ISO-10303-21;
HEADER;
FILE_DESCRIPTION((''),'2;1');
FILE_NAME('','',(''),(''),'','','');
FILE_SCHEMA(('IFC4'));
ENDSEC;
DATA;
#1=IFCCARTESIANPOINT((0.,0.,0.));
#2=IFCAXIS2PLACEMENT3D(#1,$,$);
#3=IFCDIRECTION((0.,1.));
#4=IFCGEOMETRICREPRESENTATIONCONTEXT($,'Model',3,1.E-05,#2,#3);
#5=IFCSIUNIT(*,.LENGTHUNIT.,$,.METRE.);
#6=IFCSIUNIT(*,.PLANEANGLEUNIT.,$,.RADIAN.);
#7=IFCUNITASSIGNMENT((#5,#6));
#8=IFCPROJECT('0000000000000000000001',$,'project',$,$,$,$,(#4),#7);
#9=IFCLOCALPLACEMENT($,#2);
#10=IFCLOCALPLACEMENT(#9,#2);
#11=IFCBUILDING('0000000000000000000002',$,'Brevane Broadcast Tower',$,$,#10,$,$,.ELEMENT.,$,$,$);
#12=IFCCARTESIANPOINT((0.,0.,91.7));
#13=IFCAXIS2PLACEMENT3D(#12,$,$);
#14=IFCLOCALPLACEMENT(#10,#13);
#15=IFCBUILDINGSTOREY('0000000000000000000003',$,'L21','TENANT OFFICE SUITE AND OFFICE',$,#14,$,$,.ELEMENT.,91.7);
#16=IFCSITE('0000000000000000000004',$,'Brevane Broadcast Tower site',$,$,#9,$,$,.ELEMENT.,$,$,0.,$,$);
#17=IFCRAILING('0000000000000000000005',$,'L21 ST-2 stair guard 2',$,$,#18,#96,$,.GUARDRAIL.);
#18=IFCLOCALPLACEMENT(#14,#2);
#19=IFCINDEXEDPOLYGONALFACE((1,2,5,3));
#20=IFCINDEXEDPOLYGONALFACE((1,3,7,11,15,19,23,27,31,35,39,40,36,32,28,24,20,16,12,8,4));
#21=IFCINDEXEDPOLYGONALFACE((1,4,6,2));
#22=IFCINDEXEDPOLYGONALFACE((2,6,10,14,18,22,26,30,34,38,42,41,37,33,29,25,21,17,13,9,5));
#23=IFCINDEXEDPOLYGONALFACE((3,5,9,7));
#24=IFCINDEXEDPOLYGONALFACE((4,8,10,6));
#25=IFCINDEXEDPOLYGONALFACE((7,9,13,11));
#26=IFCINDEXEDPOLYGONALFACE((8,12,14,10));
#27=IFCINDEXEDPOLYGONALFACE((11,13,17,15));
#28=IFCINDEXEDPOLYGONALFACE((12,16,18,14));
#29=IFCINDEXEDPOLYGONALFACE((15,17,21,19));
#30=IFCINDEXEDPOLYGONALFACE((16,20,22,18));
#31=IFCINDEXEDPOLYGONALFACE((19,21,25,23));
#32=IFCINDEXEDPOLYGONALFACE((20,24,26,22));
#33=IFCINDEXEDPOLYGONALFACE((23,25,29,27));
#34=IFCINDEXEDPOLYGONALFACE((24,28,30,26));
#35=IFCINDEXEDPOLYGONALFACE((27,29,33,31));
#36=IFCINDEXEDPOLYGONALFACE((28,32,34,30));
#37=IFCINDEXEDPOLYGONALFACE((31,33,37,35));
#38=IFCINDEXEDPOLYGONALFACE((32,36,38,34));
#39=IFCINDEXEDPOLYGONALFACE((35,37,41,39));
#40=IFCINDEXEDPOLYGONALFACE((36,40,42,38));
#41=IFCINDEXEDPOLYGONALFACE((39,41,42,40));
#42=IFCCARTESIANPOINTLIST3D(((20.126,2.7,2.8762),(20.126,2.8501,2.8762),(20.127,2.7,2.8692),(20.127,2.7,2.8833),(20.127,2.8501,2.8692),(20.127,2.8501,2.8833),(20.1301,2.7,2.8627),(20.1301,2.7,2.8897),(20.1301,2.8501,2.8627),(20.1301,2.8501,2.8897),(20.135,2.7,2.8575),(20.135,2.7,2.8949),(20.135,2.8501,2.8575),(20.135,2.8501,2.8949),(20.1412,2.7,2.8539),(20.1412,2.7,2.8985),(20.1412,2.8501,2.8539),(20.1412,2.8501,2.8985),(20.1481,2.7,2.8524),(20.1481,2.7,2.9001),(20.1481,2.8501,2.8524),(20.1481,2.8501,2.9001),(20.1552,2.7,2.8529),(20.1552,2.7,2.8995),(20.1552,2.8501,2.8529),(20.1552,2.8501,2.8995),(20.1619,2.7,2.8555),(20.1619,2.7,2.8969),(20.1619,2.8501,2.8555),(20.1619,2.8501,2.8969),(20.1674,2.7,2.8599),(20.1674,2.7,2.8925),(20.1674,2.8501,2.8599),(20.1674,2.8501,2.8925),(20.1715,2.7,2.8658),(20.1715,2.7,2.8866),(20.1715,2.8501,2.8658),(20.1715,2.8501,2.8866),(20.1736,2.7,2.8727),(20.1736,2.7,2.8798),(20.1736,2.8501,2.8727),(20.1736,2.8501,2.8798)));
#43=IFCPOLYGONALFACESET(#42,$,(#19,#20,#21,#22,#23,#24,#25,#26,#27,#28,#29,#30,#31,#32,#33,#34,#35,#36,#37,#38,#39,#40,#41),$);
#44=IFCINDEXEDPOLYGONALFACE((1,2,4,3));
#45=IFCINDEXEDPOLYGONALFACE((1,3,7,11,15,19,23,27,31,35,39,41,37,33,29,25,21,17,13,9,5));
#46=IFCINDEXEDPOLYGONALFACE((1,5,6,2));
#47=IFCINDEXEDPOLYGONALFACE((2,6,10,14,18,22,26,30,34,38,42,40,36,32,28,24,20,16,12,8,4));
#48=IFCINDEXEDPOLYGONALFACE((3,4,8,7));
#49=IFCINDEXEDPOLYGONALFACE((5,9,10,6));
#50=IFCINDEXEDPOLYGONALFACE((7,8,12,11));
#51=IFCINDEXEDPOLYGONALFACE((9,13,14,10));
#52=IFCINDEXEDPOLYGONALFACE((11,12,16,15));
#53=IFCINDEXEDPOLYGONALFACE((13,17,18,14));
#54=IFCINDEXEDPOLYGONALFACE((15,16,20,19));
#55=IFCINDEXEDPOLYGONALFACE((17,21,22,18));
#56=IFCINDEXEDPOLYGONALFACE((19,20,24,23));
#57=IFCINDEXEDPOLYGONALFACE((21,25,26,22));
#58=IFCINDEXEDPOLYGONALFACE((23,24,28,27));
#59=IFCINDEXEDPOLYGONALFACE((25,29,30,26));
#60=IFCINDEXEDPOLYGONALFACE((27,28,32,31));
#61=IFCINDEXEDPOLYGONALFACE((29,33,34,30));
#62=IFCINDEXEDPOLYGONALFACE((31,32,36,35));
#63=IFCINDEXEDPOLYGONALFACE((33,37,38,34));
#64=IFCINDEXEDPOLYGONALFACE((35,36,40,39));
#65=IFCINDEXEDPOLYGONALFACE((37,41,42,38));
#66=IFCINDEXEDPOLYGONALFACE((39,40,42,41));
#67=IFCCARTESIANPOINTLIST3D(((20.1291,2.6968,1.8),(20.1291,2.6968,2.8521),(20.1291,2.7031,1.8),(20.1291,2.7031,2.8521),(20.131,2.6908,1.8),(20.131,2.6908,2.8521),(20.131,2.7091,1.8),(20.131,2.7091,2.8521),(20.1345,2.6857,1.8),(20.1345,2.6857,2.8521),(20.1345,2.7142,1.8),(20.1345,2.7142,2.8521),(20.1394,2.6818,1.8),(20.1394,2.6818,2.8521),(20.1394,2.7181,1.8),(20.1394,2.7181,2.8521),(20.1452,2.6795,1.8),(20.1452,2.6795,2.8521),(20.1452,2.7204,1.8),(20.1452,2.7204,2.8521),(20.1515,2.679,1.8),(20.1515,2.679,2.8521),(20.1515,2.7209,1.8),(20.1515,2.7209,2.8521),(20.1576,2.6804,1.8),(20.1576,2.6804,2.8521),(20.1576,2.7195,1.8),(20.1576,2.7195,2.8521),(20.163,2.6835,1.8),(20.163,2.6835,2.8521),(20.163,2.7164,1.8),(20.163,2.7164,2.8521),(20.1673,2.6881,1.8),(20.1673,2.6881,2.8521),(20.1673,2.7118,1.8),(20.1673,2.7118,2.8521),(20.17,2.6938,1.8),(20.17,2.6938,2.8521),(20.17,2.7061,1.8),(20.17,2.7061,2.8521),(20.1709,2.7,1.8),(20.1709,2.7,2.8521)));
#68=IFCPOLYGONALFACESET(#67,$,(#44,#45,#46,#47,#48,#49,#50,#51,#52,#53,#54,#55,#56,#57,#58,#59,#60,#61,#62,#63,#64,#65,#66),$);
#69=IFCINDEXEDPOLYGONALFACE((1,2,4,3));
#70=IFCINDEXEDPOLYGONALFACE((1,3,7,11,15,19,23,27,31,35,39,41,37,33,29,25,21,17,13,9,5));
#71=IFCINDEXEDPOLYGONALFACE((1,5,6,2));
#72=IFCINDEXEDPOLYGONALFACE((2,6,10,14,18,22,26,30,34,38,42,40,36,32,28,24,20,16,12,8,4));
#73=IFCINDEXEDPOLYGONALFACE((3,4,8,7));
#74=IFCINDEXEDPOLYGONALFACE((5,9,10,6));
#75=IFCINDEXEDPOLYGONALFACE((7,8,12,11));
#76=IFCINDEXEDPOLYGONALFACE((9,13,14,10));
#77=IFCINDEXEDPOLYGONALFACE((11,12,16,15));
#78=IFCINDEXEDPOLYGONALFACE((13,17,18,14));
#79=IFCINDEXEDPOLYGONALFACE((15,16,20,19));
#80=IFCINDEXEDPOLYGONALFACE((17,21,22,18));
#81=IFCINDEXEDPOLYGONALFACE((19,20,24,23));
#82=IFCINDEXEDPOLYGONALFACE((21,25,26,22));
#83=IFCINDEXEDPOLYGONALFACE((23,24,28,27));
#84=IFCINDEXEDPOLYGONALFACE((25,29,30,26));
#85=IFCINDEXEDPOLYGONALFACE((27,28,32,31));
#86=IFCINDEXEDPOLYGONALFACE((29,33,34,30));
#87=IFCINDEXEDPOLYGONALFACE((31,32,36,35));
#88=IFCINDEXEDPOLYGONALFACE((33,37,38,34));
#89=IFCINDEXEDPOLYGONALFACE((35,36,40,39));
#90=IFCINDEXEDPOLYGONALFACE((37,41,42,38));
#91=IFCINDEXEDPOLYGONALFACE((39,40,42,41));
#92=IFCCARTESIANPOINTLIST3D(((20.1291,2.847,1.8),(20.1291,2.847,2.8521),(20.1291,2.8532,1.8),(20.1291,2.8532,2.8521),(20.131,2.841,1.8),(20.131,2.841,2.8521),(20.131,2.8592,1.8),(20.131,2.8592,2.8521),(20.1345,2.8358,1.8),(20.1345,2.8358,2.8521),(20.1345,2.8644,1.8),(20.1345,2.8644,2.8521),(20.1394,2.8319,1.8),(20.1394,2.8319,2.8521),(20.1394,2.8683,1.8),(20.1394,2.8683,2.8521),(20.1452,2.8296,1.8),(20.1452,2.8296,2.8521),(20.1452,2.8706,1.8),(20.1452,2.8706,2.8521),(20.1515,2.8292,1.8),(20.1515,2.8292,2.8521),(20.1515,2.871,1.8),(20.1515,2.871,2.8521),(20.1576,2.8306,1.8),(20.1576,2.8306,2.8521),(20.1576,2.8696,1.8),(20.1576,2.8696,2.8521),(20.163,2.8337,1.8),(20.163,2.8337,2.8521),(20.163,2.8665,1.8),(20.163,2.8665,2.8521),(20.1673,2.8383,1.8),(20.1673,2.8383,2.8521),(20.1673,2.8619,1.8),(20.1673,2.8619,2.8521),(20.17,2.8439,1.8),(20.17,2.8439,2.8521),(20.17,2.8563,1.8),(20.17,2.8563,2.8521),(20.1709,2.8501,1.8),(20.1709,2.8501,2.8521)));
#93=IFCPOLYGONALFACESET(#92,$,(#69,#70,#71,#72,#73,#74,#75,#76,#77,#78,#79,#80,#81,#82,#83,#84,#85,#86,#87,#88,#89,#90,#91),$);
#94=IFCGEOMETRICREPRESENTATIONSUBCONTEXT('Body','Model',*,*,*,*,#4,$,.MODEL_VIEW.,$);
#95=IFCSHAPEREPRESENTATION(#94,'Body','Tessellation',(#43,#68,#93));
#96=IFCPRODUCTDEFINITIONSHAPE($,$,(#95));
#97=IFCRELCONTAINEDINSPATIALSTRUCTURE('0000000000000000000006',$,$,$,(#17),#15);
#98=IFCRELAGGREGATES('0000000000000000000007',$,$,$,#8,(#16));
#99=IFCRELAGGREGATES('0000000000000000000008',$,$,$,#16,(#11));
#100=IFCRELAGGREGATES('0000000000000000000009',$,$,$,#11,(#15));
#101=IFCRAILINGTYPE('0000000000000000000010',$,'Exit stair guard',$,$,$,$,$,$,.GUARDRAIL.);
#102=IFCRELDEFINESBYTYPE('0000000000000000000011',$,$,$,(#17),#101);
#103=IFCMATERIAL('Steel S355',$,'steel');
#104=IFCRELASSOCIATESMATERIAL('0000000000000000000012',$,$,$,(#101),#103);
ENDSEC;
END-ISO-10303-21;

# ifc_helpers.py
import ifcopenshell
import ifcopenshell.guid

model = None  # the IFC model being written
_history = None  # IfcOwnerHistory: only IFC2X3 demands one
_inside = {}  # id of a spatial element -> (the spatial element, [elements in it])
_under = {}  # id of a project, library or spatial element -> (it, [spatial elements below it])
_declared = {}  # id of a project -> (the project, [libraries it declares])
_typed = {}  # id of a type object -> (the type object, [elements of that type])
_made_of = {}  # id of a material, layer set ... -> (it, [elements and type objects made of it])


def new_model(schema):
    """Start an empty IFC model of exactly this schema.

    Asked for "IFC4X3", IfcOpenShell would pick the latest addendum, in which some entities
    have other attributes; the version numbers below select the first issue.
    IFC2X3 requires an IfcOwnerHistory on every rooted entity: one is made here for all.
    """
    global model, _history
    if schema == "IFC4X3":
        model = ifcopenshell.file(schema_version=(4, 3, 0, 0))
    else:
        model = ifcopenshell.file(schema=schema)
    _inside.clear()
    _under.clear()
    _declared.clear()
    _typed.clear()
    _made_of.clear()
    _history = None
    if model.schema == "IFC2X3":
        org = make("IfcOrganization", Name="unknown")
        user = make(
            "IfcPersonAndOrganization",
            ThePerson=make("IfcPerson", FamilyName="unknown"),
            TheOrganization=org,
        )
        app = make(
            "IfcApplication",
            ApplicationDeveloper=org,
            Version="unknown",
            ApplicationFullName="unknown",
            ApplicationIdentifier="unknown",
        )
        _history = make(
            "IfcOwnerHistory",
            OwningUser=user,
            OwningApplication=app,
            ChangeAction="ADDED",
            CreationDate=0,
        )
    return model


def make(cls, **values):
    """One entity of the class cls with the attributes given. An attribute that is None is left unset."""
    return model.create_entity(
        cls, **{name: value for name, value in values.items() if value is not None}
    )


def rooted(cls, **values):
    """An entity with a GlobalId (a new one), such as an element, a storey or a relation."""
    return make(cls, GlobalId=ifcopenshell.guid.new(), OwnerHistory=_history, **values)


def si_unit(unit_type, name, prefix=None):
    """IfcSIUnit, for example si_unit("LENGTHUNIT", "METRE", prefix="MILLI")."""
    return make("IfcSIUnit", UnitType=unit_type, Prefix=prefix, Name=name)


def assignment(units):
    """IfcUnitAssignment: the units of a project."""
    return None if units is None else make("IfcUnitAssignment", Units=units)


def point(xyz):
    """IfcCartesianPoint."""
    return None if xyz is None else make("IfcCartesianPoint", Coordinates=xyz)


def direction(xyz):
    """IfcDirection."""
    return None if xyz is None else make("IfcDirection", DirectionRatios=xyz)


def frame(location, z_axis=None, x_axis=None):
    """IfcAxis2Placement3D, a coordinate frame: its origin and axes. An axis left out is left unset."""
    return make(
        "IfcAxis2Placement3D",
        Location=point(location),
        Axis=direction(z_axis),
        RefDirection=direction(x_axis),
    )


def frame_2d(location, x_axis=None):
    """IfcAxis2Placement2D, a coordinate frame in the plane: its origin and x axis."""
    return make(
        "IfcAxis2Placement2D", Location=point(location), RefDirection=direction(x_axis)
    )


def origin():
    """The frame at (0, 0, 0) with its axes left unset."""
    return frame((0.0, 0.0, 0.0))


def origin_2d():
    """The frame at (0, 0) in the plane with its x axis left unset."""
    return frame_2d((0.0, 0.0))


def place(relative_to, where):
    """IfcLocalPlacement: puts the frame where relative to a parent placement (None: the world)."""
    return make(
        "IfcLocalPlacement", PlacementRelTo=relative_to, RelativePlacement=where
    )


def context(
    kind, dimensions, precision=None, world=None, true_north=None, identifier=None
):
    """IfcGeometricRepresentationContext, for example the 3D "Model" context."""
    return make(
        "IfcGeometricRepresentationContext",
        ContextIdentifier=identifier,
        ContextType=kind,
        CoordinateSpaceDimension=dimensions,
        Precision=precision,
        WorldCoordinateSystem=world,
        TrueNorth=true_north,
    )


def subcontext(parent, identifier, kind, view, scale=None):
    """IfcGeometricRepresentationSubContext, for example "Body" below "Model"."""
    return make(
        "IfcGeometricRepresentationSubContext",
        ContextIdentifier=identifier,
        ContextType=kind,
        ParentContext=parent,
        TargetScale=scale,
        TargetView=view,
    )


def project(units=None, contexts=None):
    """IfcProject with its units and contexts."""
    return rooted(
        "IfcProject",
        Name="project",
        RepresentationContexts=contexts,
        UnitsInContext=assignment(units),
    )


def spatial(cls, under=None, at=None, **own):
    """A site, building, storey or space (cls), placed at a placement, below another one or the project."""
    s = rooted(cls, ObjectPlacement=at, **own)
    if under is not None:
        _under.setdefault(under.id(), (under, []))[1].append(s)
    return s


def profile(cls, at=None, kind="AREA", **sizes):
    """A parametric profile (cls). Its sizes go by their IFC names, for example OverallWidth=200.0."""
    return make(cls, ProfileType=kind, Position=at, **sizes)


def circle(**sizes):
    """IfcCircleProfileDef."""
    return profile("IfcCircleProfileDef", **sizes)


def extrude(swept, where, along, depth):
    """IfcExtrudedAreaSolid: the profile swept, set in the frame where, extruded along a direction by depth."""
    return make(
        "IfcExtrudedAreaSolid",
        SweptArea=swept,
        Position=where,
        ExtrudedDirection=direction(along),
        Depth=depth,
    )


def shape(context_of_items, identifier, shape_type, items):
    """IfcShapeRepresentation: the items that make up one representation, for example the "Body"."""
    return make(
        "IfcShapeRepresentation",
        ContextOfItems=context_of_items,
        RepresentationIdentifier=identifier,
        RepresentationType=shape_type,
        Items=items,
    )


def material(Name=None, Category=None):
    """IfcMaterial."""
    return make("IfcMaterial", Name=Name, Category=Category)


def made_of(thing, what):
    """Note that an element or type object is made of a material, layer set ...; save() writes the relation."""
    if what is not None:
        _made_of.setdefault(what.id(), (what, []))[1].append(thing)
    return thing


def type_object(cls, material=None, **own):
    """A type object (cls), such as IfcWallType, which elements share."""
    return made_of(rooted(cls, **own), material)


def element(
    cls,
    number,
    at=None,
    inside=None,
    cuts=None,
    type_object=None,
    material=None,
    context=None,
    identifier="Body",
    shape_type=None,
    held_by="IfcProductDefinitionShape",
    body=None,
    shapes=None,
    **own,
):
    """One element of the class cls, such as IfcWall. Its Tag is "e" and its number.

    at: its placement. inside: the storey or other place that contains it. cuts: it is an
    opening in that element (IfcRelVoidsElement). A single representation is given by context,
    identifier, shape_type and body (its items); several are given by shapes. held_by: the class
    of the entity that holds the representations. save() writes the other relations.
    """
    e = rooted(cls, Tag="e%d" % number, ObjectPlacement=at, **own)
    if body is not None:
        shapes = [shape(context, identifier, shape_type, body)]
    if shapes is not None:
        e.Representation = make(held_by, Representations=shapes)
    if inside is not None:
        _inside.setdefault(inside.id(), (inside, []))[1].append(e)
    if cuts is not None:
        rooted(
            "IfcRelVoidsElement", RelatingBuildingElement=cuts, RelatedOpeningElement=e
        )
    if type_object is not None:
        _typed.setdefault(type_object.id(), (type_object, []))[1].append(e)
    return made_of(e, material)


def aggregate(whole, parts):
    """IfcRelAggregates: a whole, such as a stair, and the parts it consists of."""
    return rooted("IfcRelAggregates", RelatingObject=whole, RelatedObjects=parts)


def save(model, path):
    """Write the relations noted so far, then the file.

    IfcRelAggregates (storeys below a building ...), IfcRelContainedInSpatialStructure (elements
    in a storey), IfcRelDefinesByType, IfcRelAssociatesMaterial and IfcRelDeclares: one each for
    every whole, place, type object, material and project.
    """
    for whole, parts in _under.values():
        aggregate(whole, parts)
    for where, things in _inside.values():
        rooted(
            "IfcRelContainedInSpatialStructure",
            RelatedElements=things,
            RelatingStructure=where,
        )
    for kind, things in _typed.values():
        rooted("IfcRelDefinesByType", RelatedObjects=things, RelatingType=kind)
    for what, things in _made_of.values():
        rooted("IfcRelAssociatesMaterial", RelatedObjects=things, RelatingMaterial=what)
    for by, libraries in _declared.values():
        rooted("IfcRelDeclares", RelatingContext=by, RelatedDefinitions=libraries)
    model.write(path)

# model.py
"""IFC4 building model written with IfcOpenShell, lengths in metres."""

from ifc_helpers import new_model, si_unit, direction, frame, origin, origin_2d, place, context, subcontext, project, spatial, circle, extrude, material, type_object, element, save


model = new_model("IFC4")

# Units and contexts
model_context = context("Model", 3, precision=1e-05, world=origin(), true_north=direction((0.0, 1.0)))
body_context = subcontext(model_context, "Body", "Model", "MODEL_VIEW")
ifc_project = project(units=[si_unit("LENGTHUNIT", "METRE"), si_unit("PLANEANGLEUNIT", "RADIAN")], contexts=[model_context])

# Site, building, storey
site_placement = place(None, origin())
site = spatial("IfcSite", under=ifc_project, at=site_placement, Name="Brevane Broadcast Tower site", CompositionType="ELEMENT", RefElevation=0.0)
building_placement = place(site_placement, origin())
building = spatial("IfcBuilding", under=site, at=building_placement, Name="Brevane Broadcast Tower", CompositionType="ELEMENT")
storey_placement = place(building_placement, frame((0.0, 0.0, 91.7)))
storey = spatial("IfcBuildingStorey", under=building, at=storey_placement, Name="L21", Description="TENANT OFFICE SUITE AND OFFICE", CompositionType="ELEMENT", Elevation=91.7)

# Railing
ifc_material_1 = material(Name="Steel S355", Category="steel")
railing_type_1 = type_object("IfcRailingType", Name="Exit stair guard", PredefinedType="GUARDRAIL", material=ifc_material_1)
railing_1_placement = place(storey_placement, frame((20.1499, 2.7, 1.8)))
element("IfcRailing", 1, at=railing_1_placement, inside=storey, type_object=railing_type_1, Name="L21 ST-2 stair guard 2", PredefinedType="GUARDRAIL", context=body_context, shape_type="SweptSolid", body=[
    extrude(circle(Radius=0.0239, at=origin_2d()), frame((0.0, 0.0, 1.0762), z_axis=(0.0, 1.0, 0.0), x_axis=(-1.0, 0.0, 0.0)), (0.0, 0.0, 1.0), 0.1501),
    extrude(circle(Radius=0.021, at=origin_2d()), origin(), (0.0, 0.0, 1.0), 1.052),
    extrude(circle(Radius=0.021, at=origin_2d()), frame((0.0, 0.1501, 0.0)), (0.0, 0.0, 1.0), 1.052),
])

save(model, "model.ifc")
